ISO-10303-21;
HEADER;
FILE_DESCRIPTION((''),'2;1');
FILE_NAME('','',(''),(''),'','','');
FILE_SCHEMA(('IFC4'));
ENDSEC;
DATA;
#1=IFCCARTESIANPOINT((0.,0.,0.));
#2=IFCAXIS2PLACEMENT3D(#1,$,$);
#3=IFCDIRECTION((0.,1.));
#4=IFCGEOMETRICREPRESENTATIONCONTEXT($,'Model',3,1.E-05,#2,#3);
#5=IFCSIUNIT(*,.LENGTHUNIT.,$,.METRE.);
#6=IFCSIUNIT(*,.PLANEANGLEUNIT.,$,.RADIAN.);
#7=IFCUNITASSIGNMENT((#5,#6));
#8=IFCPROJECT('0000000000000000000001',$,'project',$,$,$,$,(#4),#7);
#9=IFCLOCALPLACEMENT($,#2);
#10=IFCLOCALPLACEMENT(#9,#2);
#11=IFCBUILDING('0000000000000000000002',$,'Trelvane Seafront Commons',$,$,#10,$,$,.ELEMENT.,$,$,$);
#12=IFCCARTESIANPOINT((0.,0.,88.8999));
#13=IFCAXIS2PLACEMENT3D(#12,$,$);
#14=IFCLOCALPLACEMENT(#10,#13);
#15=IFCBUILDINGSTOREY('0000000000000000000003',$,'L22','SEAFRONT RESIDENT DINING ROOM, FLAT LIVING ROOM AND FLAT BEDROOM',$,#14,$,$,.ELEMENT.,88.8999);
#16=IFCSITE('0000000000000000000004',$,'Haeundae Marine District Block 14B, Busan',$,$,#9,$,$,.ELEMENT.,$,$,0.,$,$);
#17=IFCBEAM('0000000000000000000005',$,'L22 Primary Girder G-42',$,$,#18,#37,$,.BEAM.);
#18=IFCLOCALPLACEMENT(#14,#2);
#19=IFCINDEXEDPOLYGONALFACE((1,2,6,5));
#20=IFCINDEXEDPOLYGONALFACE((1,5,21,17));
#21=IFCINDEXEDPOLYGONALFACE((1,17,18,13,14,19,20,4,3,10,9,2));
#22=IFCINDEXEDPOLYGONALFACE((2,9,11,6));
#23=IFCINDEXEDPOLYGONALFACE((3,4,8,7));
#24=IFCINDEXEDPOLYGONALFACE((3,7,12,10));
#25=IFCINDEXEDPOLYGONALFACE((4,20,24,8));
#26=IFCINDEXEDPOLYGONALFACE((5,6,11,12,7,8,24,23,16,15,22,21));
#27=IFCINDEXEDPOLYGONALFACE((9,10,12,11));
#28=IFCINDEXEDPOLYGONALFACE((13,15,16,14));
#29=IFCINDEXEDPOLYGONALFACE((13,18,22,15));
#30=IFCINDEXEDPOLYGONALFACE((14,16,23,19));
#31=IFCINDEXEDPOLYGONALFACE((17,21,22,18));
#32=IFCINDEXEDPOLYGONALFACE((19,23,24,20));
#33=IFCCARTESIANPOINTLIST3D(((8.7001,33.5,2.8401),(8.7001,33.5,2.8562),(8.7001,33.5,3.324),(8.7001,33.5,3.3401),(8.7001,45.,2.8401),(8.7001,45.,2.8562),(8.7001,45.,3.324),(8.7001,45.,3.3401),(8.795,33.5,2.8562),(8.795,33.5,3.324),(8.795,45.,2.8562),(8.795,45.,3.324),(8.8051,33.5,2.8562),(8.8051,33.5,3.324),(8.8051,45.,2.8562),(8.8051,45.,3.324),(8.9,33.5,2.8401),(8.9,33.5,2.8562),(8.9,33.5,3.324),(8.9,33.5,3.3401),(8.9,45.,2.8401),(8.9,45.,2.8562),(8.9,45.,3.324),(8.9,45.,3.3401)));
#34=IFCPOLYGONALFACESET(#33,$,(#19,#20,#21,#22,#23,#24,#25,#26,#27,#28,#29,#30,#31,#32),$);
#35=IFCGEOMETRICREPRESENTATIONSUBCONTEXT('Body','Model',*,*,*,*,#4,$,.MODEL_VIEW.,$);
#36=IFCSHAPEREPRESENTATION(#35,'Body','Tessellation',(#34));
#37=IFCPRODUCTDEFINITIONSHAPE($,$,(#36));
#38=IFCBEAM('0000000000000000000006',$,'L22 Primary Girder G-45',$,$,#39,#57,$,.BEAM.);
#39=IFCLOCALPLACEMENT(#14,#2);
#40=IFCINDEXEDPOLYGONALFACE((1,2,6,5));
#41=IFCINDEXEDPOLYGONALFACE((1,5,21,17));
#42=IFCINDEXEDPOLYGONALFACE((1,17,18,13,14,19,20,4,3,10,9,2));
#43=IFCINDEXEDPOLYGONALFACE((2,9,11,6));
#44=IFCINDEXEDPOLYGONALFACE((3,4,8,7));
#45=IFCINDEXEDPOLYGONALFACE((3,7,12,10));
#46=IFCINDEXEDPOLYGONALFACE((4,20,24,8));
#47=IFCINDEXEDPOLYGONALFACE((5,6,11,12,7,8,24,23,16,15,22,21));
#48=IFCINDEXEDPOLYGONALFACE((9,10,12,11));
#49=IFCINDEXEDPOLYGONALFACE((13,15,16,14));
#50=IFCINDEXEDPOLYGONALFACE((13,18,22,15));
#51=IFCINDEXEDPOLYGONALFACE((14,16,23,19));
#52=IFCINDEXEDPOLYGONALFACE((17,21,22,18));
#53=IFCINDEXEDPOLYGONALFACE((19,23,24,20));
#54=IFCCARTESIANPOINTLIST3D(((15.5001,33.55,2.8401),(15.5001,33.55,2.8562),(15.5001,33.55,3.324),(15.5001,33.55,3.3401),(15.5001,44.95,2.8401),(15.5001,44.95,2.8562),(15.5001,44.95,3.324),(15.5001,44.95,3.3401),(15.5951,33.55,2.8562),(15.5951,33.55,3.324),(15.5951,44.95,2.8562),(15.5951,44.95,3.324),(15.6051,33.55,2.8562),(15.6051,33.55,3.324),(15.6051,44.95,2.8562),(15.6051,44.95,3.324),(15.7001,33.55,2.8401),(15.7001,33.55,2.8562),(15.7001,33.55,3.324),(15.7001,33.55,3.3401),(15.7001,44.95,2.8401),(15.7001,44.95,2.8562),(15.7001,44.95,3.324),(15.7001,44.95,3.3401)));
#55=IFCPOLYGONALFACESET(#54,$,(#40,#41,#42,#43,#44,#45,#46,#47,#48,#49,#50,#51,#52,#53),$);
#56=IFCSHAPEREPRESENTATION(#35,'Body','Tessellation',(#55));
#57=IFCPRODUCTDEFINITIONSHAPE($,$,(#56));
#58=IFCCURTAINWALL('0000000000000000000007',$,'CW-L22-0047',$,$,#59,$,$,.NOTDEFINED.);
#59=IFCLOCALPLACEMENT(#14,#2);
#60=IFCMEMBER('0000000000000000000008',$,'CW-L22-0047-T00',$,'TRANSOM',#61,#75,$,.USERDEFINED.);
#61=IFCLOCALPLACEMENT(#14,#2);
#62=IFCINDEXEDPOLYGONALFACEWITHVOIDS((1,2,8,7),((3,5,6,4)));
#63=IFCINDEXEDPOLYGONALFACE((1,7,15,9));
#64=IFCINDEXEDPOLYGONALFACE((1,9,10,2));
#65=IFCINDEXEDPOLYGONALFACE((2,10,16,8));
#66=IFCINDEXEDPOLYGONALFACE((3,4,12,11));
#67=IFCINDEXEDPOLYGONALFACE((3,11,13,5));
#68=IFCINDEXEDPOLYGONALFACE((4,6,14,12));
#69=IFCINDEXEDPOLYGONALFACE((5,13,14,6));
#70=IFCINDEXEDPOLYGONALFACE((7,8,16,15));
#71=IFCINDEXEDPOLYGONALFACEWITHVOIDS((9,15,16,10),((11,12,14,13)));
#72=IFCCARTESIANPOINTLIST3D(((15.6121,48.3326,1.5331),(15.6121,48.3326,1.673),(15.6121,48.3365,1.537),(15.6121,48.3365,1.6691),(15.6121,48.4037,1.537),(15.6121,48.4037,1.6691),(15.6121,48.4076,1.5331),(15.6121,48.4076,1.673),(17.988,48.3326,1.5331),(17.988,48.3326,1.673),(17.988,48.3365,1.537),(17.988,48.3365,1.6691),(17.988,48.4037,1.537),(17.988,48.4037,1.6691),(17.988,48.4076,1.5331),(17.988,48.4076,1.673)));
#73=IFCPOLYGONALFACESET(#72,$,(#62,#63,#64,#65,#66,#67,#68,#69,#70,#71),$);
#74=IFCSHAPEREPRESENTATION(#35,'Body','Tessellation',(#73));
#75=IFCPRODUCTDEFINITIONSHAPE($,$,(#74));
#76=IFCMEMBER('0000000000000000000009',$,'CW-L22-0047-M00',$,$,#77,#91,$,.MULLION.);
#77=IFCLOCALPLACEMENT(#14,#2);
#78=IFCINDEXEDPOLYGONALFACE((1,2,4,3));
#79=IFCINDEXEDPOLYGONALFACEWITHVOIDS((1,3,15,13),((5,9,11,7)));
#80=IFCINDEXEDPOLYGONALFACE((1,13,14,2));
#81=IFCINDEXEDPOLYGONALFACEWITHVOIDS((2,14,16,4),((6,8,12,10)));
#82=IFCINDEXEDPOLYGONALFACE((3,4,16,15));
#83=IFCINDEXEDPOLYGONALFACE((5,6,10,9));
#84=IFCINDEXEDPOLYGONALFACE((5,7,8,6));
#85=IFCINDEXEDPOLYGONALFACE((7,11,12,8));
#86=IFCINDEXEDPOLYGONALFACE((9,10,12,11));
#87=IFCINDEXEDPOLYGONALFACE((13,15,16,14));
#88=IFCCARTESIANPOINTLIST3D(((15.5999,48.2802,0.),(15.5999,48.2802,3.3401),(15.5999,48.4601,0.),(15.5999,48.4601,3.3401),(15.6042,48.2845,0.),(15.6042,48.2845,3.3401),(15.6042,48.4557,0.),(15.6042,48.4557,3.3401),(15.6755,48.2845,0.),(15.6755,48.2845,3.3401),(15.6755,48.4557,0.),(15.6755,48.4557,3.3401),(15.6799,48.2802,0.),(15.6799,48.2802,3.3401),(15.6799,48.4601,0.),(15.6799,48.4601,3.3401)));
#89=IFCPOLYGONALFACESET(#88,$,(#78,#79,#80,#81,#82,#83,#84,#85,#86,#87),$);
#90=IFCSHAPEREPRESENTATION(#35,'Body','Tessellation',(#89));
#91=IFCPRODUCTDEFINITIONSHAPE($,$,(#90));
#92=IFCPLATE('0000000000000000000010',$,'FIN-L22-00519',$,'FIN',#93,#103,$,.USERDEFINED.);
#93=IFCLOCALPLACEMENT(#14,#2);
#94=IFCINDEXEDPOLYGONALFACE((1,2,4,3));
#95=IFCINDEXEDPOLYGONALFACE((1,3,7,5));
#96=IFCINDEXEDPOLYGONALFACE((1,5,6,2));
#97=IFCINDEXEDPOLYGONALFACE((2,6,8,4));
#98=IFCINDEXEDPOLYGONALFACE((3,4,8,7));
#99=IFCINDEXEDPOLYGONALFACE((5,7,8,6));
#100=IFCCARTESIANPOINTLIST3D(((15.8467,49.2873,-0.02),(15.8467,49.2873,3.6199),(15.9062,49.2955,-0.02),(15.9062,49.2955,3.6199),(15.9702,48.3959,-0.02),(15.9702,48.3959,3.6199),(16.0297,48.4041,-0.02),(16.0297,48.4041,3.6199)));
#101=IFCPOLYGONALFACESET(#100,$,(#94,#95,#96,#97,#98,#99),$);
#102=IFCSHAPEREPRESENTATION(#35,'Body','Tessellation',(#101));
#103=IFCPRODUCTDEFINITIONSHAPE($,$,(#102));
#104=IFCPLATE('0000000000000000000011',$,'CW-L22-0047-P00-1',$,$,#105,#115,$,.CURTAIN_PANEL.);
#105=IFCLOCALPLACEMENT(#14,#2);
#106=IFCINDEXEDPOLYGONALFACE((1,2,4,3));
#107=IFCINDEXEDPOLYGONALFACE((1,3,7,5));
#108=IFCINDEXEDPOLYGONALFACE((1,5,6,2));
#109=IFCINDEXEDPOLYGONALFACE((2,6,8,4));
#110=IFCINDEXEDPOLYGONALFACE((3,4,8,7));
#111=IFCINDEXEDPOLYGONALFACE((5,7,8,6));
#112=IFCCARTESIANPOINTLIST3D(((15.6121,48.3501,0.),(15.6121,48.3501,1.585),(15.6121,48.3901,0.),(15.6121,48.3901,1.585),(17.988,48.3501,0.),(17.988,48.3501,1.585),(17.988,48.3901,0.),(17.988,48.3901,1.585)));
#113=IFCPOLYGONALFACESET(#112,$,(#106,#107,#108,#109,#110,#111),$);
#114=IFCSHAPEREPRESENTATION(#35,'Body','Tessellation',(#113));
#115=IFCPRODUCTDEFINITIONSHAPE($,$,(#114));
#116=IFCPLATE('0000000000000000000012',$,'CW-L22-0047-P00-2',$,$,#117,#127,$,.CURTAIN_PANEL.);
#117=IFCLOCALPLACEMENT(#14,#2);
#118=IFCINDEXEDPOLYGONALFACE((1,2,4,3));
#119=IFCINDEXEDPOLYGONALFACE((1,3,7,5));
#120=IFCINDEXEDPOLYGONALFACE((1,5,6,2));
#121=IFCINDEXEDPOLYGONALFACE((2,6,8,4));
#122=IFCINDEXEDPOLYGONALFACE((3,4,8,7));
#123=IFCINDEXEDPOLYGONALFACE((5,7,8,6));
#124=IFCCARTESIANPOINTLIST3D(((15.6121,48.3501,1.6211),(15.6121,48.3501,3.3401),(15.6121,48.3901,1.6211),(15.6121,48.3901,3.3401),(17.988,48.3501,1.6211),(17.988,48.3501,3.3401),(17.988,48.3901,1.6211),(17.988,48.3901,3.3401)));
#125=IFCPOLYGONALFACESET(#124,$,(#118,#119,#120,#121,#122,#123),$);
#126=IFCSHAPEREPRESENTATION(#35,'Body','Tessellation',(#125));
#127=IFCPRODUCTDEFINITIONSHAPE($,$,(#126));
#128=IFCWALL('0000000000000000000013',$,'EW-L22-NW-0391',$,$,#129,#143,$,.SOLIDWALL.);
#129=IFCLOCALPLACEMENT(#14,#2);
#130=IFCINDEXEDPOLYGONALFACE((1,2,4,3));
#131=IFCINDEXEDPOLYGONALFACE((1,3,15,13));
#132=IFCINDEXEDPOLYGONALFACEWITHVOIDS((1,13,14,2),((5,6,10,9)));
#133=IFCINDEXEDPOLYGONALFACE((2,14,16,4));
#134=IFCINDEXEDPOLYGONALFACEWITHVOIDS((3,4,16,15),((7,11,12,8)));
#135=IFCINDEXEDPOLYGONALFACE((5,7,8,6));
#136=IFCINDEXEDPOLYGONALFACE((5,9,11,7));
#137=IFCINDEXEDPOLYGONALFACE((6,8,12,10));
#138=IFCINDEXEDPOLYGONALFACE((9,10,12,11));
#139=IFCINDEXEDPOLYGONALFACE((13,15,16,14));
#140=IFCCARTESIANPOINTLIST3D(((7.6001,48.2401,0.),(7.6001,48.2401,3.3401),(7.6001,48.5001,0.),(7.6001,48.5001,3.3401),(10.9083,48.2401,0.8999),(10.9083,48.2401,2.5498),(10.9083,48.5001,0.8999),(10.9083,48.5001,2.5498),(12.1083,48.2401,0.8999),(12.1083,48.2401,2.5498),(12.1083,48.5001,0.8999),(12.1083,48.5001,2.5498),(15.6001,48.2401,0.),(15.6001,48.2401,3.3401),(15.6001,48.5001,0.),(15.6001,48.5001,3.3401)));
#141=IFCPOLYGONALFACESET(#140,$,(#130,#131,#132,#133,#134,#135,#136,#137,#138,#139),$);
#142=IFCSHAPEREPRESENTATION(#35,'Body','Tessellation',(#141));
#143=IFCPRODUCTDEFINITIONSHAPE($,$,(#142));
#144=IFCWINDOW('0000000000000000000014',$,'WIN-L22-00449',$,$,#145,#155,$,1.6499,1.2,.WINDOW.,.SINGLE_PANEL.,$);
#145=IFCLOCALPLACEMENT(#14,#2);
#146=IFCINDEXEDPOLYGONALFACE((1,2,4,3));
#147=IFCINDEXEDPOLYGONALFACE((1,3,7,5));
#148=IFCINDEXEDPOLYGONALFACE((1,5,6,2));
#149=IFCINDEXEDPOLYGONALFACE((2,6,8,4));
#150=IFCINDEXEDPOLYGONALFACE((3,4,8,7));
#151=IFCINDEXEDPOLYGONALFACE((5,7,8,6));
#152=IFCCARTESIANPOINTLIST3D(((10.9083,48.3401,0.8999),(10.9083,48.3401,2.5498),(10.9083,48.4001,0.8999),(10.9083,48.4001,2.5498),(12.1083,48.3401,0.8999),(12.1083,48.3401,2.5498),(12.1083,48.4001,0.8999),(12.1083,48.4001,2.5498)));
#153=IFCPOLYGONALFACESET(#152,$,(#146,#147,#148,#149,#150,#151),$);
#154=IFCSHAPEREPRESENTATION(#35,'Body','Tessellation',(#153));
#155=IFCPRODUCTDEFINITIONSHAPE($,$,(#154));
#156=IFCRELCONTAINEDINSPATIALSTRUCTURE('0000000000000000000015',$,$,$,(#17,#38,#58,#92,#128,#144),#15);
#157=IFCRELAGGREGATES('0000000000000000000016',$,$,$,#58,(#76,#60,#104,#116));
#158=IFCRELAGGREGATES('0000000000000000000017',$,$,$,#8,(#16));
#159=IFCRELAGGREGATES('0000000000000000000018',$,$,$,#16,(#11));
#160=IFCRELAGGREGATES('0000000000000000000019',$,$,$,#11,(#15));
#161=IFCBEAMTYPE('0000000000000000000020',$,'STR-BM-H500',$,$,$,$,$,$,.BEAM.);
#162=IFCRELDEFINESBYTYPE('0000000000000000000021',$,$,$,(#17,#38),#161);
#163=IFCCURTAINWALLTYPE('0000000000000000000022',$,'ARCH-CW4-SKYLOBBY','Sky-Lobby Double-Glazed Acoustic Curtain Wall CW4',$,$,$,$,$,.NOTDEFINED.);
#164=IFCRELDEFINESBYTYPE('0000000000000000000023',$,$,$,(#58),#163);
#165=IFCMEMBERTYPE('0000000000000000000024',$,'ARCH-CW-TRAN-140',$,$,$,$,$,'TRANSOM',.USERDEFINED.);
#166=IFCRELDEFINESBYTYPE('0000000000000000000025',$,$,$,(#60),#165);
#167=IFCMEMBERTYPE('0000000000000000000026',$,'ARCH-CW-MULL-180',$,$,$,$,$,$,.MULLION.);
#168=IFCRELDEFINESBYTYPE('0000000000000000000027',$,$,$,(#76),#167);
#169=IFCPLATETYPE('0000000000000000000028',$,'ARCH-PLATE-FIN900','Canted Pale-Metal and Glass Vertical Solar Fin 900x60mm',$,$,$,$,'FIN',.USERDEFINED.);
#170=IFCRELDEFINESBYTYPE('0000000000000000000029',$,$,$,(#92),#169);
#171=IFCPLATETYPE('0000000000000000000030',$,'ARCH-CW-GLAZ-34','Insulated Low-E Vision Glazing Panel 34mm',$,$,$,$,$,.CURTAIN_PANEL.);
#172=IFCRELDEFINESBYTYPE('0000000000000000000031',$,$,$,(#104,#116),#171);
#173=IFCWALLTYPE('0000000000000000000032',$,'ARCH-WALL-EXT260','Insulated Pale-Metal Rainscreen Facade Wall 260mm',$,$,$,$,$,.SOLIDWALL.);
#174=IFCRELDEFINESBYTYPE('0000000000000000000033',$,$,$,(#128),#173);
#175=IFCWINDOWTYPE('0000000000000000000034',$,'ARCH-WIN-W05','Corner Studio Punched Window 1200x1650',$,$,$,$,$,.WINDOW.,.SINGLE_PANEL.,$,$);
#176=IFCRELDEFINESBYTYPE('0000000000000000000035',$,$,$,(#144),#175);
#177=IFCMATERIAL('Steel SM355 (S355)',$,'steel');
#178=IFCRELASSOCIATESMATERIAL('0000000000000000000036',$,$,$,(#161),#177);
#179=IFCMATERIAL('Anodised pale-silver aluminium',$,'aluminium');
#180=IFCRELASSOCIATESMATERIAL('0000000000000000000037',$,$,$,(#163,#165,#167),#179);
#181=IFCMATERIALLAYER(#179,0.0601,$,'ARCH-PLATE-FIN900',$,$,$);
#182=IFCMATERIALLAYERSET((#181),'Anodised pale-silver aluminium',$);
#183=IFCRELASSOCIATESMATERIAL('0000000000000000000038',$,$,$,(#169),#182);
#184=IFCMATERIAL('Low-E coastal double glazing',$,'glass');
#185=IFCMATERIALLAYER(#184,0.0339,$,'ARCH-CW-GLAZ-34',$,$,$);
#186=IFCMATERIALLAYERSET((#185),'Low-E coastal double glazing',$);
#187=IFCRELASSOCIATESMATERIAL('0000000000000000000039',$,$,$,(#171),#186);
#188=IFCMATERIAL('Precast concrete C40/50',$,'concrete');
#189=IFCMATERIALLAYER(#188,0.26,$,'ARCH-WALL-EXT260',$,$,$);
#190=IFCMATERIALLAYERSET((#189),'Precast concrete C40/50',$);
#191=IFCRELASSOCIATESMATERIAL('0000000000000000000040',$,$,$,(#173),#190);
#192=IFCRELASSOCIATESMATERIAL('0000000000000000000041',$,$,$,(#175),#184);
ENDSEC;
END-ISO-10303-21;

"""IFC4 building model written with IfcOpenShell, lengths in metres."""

from ifc_helpers import new_model, si_unit, direction, frame, frame_2d, origin, origin_2d, place, context, subcontext, project, spatial, rectangle, hollow_rectangle, i_section, extrude, source, transform, mapped, material, layer, layer_set, material_profile, profile_set, type_object, element, fill, aggregate, save


model = new_model("IFC4")

# Units and contexts
model_context = context("Model", 3, precision=1e-05, world=origin(), true_north=direction((0.0, 1.0)))
body_context = subcontext(model_context, "Body", "Model", "MODEL_VIEW")
ifc_project = project(units=[si_unit("LENGTHUNIT", "METRE"), si_unit("PLANEANGLEUNIT", "RADIAN")], contexts=[model_context])

# Site, building, storey
site_placement = place(None, origin())
site = spatial("IfcSite", under=ifc_project, at=site_placement, Name="Haeundae Marine District Block 14B, Busan", CompositionType="ELEMENT", RefElevation=0.0)
building_placement = place(site_placement, origin())
building = spatial("IfcBuilding", under=site, at=building_placement, Name="Trelvane Seafront Commons", CompositionType="ELEMENT")
storey_placement = place(building_placement, frame((0.0, 0.0, 88.8999)))
storey = spatial("IfcBuildingStorey", under=building, at=storey_placement, Name="L22", Description="SEAFRONT RESIDENT DINING ROOM, FLAT LIVING ROOM AND FLAT BEDROOM", CompositionType="ELEMENT", Elevation=88.8999)

# Shared definitions
ifc_material_1 = material(Name="Steel SM355 (S355)", Category="steel")

# Beams
ifc_material_profile_1 = material_profile(ifc_material_1, i_section(OverallWidth=0.2, OverallDepth=0.5, WebThickness=0.01, FlangeThickness=0.0161, at=origin_2d()), Name="H-500x200x10x16")
ifc_profile_set_1 = profile_set([ifc_material_profile_1], Name="Steel SM355 (S355)")
beam_type_1 = type_object("IfcBeamType", Name="STR-BM-H500", PredefinedType="BEAM", material=ifc_profile_set_1)
shared_shape_1 = source(origin(), body_context, "Body", "SweptSolid", [
    extrude(i_section(OverallWidth=0.2, OverallDepth=0.5, WebThickness=0.01, FlangeThickness=0.0161, at=origin_2d()), origin(), (0.0, 0.0, 1.0), 11.5),
])
for number, where, z_axis, x_axis, name in (
    (1, (8.8, 33.5, 3.0901), (0.0, 1.0, 0.0), (-1.0, 0.0, 0.0), "L22 Primary Girder G-42"),
):
    element("IfcBeam", number, at=place(storey_placement, frame(where, z_axis=z_axis, x_axis=x_axis)), inside=storey, type_object=beam_type_1, Name=name, PredefinedType="BEAM", context=body_context, shape_type="MappedRepresentation", body=[
        mapped(shared_shape_1, transform((0.0, 0.0, 0.0), x_axis=(1.0, 0.0, 0.0), y_axis=(0.0, 1.0, 0.0), z_axis=(0.0, 0.0, 1.0), scale=1.0)),
    ])
shared_shape_2 = source(origin(), body_context, "Body", "SweptSolid", [
    extrude(i_section(OverallWidth=0.2, OverallDepth=0.5, WebThickness=0.01, FlangeThickness=0.0161, at=origin_2d()), origin(), (0.0, 0.0, 1.0), 11.3999),
])
beam_1_placement = place(storey_placement, frame((15.6001, 33.55, 3.0901), z_axis=(0.0, 1.0, 0.0), x_axis=(-1.0, 0.0, 0.0)))
element("IfcBeam", 2, at=beam_1_placement, inside=storey, type_object=beam_type_1, Name="L22 Primary Girder G-45", PredefinedType="BEAM", context=body_context, shape_type="MappedRepresentation", body=[
    mapped(shared_shape_2, transform((0.0, 0.0, 0.0), x_axis=(1.0, 0.0, 0.0), y_axis=(0.0, 1.0, 0.0), z_axis=(0.0, 0.0, 1.0), scale=1.0)),
])

# Curtain wall, members
ifc_material_2 = material(Name="Anodised pale-silver aluminium", Category="aluminium")
curtain_wall_type = type_object("IfcCurtainWallType", Name="ARCH-CW4-SKYLOBBY", Description="Sky-Lobby Double-Glazed Acoustic Curtain Wall CW4", PredefinedType="NOTDEFINED", material=ifc_material_2)
curtain_wall_placement = place(storey_placement, origin())
curtain_wall = element("IfcCurtainWall", 3, at=curtain_wall_placement, inside=storey, type_object=curtain_wall_type, Name="CW-L22-0047", PredefinedType="NOTDEFINED")
ifc_material_profile_2 = material_profile(ifc_material_2, hollow_rectangle(XDim=0.075, YDim=0.1399, WallThickness=0.0039, at=origin_2d()), Name="TRAN-75x140x4")
ifc_profile_set_2 = profile_set([ifc_material_profile_2], Name="Anodised pale-silver aluminium")
member_type_1 = type_object("IfcMemberType", Name="ARCH-CW-TRAN-140", ElementType="TRANSOM", PredefinedType="USERDEFINED", material=ifc_profile_set_2)
shared_shape_3 = source(origin(), body_context, "Body", "SweptSolid", [
    extrude(hollow_rectangle(XDim=0.075, YDim=0.1399, WallThickness=0.0039, at=origin_2d()), origin(), (0.0, 0.0, 1.0), 2.376),
])
member_1_placement = place(storey_placement, frame((15.6121, 48.3701, 1.603), z_axis=(1.0, 0.0, 0.0), x_axis=(0.0, 1.0, 0.0)))
member_1 = element("IfcMember", 4, at=member_1_placement, type_object=member_type_1, Name="CW-L22-0047-T00", ObjectType="TRANSOM", PredefinedType="USERDEFINED", context=body_context, shape_type="MappedRepresentation", body=[
    mapped(shared_shape_3, transform((0.0, 0.0, 0.0), x_axis=(1.0, 0.0, 0.0), y_axis=(0.0, 1.0, 0.0), z_axis=(0.0, 0.0, 1.0), scale=1.0)),
])
ifc_material_profile_3 = material_profile(ifc_material_2, hollow_rectangle(XDim=0.0801, YDim=0.1799, WallThickness=0.0044, at=origin_2d()), Name="MULL-80x180x4.5")
ifc_profile_set_3 = profile_set([ifc_material_profile_3], Name="Anodised pale-silver aluminium")
member_type_2 = type_object("IfcMemberType", Name="ARCH-CW-MULL-180", PredefinedType="MULLION", material=ifc_profile_set_3)
shared_shape_4 = source(origin(), body_context, "Body", "SweptSolid", [
    extrude(hollow_rectangle(XDim=0.0801, YDim=0.1799, WallThickness=0.0044, at=origin_2d()), origin(), (0.0, 0.0, 1.0), 3.3401),
])
member_2_placement = place(storey_placement, frame((15.6399, 48.3701, 0.0), z_axis=(0.0, 0.0, 1.0), x_axis=(1.0, 0.0, 0.0)))
member_2 = element("IfcMember", 5, at=member_2_placement, type_object=member_type_2, Name="CW-L22-0047-M00", PredefinedType="MULLION", context=body_context, shape_type="MappedRepresentation", body=[
    mapped(shared_shape_4, transform((0.0, 0.0, 0.0), x_axis=(1.0, 0.0, 0.0), y_axis=(0.0, 1.0, 0.0), z_axis=(0.0, 0.0, 1.0), scale=1.0)),
])

# Plates
ifc_layer_1 = layer(ifc_material_2, 0.0601, Name="ARCH-PLATE-FIN900")
ifc_layer_set_1 = layer_set([ifc_layer_1], Name="Anodised pale-silver aluminium")
plate_type_1 = type_object("IfcPlateType", Name="ARCH-PLATE-FIN900", Description="Canted Pale-Metal and Glass Vertical Solar Fin 900x60mm", ElementType="FIN", PredefinedType="USERDEFINED", material=ifc_layer_set_1)
shared_shape_5 = source(origin(), body_context, "Body", "SweptSolid", [
    extrude(rectangle(XDim=0.8999, YDim=0.0601, at=origin_2d()), origin(), (0.0, 0.0, 1.0), 3.6399),
])
plate_1_placement = place(storey_placement, frame((15.9382, 48.8457, -0.02), z_axis=(0.0, 0.0, 1.0), x_axis=(-0.13722, 0.990541, 0.0)))
element("IfcPlate", 6, at=plate_1_placement, inside=storey, type_object=plate_type_1, Name="FIN-L22-00519", ObjectType="FIN", PredefinedType="USERDEFINED", context=body_context, shape_type="MappedRepresentation", body=[
    mapped(shared_shape_5, transform((0.0, 0.0, 0.0), x_axis=(1.0, 0.0, 0.0), y_axis=(0.0, 1.0, 0.0), z_axis=(0.0, 0.0, 1.0), scale=1.0)),
])
ifc_material_3 = material(Name="Low-E coastal double glazing", Category="glass")
ifc_layer_2 = layer(ifc_material_3, 0.0339, Name="ARCH-CW-GLAZ-34")
ifc_layer_set_2 = layer_set([ifc_layer_2], Name="Low-E coastal double glazing")
plate_type_2 = type_object("IfcPlateType", Name="ARCH-CW-GLAZ-34", Description="Insulated Low-E Vision Glazing Panel 34mm", PredefinedType="CURTAIN_PANEL", material=ifc_layer_set_2)
shared_shape_6 = source(origin(), body_context, "Body", "SweptSolid", [
    extrude(rectangle(XDim=2.376, YDim=0.04, at=origin_2d()), origin(), (0.0, 0.0, 1.0), 1.585),
])
plate_2_placement = place(storey_placement, frame((16.8, 48.3701, 0.0), z_axis=(0.0, 0.0, 1.0), x_axis=(1.0, 0.0, 0.0)))
plate_2 = element("IfcPlate", 7, at=plate_2_placement, type_object=plate_type_2, Name="CW-L22-0047-P00-1", PredefinedType="CURTAIN_PANEL", context=body_context, shape_type="MappedRepresentation", body=[
    mapped(shared_shape_6, transform((0.0, 0.0, 0.0), x_axis=(1.0, 0.0, 0.0), y_axis=(0.0, 1.0, 0.0), z_axis=(0.0, 0.0, 1.0), scale=1.0)),
])
shared_shape_7 = source(origin(), body_context, "Body", "SweptSolid", [
    extrude(rectangle(XDim=2.376, YDim=0.04, at=origin_2d()), origin(), (0.0, 0.0, 1.0), 1.719),
])
plate_3_placement = place(storey_placement, frame((16.8, 48.3701, 1.6211), z_axis=(0.0, 0.0, 1.0), x_axis=(1.0, 0.0, 0.0)))
plate_3 = element("IfcPlate", 8, at=plate_3_placement, type_object=plate_type_2, Name="CW-L22-0047-P00-2", PredefinedType="CURTAIN_PANEL", context=body_context, shape_type="MappedRepresentation", body=[
    mapped(shared_shape_7, transform((0.0, 0.0, 0.0), x_axis=(1.0, 0.0, 0.0), y_axis=(0.0, 1.0, 0.0), z_axis=(0.0, 0.0, 1.0), scale=1.0)),
])
aggregate(curtain_wall, [member_2, member_1, plate_2, plate_3])

# Wall, opening, window
ifc_material_4 = material(Name="Precast concrete C40/50", Category="concrete")
ifc_layer_3 = layer(ifc_material_4, 0.26, Name="ARCH-WALL-EXT260")
ifc_layer_set_3 = layer_set([ifc_layer_3], Name="Precast concrete C40/50")
wall_type_1 = type_object("IfcWallType", Name="ARCH-WALL-EXT260", Description="Insulated Pale-Metal Rainscreen Facade Wall 260mm", PredefinedType="SOLIDWALL", material=ifc_layer_set_3)
wall_1_placement = place(storey_placement, frame((7.6001, 48.3701, 0.0), z_axis=(0.0, 0.0, 1.0), x_axis=(1.0, 0.0, 0.0)))
wall_1 = element("IfcWall", 9, at=wall_1_placement, inside=storey, type_object=wall_type_1, Name="EW-L22-NW-0391", PredefinedType="SOLIDWALL", context=body_context, shape_type="SweptSolid", body=[
    extrude(rectangle(XDim=8.0, YDim=0.26, at=frame_2d((4.0, 0.0))), origin(), (0.0, 0.0, 1.0), 3.3401),
])
opening_1_placement = place(wall_1_placement, frame((3.3081, 0.0, 0.8999)))
opening_1 = element("IfcOpeningElement", 10, at=opening_1_placement, cuts=wall_1, PredefinedType="OPENING", context=body_context, shape_type="SweptSolid", body=[
    extrude(rectangle(XDim=1.2, YDim=1.6499, at=frame_2d((0.6001, 0.825))), frame((0.0, 0.1399, 0.0), z_axis=(0.0, -1.0, 0.0), x_axis=(1.0, 0.0, 0.0)), (0.0, 0.0, 1.0), 0.28),
])
window_type = type_object("IfcWindowType", Name="ARCH-WIN-W05", Description="Corner Studio Punched Window 1200x1650", PartitioningType="SINGLE_PANEL", PredefinedType="WINDOW", material=ifc_material_3)
shared_shape_8 = source(origin(), body_context, "Body", "SweptSolid", [
    extrude(rectangle(XDim=1.2, YDim=1.6499, at=frame_2d((0.6001, 0.825))), frame((0.0, 0.03, 0.0), z_axis=(0.0, -1.0, 0.0), x_axis=(1.0, 0.0, 0.0)), (0.0, 0.0, 1.0), 0.0601),
])
window_placement = place(opening_1_placement, origin())
window = element("IfcWindow", 11, at=window_placement, inside=storey, type_object=window_type, Name="WIN-L22-00449", OverallHeight=1.6499, OverallWidth=1.2, PartitioningType="SINGLE_PANEL", PredefinedType="WINDOW", context=body_context, shape_type="MappedRepresentation", body=[
    mapped(shared_shape_8, transform((0.0, 0.0, 0.0), x_axis=(1.0, 0.0, 0.0), y_axis=(0.0, 1.0, 0.0), z_axis=(0.0, 0.0, 1.0), scale=1.0)),
])
fill(opening_1, window)

save(model, "model.ifc")
